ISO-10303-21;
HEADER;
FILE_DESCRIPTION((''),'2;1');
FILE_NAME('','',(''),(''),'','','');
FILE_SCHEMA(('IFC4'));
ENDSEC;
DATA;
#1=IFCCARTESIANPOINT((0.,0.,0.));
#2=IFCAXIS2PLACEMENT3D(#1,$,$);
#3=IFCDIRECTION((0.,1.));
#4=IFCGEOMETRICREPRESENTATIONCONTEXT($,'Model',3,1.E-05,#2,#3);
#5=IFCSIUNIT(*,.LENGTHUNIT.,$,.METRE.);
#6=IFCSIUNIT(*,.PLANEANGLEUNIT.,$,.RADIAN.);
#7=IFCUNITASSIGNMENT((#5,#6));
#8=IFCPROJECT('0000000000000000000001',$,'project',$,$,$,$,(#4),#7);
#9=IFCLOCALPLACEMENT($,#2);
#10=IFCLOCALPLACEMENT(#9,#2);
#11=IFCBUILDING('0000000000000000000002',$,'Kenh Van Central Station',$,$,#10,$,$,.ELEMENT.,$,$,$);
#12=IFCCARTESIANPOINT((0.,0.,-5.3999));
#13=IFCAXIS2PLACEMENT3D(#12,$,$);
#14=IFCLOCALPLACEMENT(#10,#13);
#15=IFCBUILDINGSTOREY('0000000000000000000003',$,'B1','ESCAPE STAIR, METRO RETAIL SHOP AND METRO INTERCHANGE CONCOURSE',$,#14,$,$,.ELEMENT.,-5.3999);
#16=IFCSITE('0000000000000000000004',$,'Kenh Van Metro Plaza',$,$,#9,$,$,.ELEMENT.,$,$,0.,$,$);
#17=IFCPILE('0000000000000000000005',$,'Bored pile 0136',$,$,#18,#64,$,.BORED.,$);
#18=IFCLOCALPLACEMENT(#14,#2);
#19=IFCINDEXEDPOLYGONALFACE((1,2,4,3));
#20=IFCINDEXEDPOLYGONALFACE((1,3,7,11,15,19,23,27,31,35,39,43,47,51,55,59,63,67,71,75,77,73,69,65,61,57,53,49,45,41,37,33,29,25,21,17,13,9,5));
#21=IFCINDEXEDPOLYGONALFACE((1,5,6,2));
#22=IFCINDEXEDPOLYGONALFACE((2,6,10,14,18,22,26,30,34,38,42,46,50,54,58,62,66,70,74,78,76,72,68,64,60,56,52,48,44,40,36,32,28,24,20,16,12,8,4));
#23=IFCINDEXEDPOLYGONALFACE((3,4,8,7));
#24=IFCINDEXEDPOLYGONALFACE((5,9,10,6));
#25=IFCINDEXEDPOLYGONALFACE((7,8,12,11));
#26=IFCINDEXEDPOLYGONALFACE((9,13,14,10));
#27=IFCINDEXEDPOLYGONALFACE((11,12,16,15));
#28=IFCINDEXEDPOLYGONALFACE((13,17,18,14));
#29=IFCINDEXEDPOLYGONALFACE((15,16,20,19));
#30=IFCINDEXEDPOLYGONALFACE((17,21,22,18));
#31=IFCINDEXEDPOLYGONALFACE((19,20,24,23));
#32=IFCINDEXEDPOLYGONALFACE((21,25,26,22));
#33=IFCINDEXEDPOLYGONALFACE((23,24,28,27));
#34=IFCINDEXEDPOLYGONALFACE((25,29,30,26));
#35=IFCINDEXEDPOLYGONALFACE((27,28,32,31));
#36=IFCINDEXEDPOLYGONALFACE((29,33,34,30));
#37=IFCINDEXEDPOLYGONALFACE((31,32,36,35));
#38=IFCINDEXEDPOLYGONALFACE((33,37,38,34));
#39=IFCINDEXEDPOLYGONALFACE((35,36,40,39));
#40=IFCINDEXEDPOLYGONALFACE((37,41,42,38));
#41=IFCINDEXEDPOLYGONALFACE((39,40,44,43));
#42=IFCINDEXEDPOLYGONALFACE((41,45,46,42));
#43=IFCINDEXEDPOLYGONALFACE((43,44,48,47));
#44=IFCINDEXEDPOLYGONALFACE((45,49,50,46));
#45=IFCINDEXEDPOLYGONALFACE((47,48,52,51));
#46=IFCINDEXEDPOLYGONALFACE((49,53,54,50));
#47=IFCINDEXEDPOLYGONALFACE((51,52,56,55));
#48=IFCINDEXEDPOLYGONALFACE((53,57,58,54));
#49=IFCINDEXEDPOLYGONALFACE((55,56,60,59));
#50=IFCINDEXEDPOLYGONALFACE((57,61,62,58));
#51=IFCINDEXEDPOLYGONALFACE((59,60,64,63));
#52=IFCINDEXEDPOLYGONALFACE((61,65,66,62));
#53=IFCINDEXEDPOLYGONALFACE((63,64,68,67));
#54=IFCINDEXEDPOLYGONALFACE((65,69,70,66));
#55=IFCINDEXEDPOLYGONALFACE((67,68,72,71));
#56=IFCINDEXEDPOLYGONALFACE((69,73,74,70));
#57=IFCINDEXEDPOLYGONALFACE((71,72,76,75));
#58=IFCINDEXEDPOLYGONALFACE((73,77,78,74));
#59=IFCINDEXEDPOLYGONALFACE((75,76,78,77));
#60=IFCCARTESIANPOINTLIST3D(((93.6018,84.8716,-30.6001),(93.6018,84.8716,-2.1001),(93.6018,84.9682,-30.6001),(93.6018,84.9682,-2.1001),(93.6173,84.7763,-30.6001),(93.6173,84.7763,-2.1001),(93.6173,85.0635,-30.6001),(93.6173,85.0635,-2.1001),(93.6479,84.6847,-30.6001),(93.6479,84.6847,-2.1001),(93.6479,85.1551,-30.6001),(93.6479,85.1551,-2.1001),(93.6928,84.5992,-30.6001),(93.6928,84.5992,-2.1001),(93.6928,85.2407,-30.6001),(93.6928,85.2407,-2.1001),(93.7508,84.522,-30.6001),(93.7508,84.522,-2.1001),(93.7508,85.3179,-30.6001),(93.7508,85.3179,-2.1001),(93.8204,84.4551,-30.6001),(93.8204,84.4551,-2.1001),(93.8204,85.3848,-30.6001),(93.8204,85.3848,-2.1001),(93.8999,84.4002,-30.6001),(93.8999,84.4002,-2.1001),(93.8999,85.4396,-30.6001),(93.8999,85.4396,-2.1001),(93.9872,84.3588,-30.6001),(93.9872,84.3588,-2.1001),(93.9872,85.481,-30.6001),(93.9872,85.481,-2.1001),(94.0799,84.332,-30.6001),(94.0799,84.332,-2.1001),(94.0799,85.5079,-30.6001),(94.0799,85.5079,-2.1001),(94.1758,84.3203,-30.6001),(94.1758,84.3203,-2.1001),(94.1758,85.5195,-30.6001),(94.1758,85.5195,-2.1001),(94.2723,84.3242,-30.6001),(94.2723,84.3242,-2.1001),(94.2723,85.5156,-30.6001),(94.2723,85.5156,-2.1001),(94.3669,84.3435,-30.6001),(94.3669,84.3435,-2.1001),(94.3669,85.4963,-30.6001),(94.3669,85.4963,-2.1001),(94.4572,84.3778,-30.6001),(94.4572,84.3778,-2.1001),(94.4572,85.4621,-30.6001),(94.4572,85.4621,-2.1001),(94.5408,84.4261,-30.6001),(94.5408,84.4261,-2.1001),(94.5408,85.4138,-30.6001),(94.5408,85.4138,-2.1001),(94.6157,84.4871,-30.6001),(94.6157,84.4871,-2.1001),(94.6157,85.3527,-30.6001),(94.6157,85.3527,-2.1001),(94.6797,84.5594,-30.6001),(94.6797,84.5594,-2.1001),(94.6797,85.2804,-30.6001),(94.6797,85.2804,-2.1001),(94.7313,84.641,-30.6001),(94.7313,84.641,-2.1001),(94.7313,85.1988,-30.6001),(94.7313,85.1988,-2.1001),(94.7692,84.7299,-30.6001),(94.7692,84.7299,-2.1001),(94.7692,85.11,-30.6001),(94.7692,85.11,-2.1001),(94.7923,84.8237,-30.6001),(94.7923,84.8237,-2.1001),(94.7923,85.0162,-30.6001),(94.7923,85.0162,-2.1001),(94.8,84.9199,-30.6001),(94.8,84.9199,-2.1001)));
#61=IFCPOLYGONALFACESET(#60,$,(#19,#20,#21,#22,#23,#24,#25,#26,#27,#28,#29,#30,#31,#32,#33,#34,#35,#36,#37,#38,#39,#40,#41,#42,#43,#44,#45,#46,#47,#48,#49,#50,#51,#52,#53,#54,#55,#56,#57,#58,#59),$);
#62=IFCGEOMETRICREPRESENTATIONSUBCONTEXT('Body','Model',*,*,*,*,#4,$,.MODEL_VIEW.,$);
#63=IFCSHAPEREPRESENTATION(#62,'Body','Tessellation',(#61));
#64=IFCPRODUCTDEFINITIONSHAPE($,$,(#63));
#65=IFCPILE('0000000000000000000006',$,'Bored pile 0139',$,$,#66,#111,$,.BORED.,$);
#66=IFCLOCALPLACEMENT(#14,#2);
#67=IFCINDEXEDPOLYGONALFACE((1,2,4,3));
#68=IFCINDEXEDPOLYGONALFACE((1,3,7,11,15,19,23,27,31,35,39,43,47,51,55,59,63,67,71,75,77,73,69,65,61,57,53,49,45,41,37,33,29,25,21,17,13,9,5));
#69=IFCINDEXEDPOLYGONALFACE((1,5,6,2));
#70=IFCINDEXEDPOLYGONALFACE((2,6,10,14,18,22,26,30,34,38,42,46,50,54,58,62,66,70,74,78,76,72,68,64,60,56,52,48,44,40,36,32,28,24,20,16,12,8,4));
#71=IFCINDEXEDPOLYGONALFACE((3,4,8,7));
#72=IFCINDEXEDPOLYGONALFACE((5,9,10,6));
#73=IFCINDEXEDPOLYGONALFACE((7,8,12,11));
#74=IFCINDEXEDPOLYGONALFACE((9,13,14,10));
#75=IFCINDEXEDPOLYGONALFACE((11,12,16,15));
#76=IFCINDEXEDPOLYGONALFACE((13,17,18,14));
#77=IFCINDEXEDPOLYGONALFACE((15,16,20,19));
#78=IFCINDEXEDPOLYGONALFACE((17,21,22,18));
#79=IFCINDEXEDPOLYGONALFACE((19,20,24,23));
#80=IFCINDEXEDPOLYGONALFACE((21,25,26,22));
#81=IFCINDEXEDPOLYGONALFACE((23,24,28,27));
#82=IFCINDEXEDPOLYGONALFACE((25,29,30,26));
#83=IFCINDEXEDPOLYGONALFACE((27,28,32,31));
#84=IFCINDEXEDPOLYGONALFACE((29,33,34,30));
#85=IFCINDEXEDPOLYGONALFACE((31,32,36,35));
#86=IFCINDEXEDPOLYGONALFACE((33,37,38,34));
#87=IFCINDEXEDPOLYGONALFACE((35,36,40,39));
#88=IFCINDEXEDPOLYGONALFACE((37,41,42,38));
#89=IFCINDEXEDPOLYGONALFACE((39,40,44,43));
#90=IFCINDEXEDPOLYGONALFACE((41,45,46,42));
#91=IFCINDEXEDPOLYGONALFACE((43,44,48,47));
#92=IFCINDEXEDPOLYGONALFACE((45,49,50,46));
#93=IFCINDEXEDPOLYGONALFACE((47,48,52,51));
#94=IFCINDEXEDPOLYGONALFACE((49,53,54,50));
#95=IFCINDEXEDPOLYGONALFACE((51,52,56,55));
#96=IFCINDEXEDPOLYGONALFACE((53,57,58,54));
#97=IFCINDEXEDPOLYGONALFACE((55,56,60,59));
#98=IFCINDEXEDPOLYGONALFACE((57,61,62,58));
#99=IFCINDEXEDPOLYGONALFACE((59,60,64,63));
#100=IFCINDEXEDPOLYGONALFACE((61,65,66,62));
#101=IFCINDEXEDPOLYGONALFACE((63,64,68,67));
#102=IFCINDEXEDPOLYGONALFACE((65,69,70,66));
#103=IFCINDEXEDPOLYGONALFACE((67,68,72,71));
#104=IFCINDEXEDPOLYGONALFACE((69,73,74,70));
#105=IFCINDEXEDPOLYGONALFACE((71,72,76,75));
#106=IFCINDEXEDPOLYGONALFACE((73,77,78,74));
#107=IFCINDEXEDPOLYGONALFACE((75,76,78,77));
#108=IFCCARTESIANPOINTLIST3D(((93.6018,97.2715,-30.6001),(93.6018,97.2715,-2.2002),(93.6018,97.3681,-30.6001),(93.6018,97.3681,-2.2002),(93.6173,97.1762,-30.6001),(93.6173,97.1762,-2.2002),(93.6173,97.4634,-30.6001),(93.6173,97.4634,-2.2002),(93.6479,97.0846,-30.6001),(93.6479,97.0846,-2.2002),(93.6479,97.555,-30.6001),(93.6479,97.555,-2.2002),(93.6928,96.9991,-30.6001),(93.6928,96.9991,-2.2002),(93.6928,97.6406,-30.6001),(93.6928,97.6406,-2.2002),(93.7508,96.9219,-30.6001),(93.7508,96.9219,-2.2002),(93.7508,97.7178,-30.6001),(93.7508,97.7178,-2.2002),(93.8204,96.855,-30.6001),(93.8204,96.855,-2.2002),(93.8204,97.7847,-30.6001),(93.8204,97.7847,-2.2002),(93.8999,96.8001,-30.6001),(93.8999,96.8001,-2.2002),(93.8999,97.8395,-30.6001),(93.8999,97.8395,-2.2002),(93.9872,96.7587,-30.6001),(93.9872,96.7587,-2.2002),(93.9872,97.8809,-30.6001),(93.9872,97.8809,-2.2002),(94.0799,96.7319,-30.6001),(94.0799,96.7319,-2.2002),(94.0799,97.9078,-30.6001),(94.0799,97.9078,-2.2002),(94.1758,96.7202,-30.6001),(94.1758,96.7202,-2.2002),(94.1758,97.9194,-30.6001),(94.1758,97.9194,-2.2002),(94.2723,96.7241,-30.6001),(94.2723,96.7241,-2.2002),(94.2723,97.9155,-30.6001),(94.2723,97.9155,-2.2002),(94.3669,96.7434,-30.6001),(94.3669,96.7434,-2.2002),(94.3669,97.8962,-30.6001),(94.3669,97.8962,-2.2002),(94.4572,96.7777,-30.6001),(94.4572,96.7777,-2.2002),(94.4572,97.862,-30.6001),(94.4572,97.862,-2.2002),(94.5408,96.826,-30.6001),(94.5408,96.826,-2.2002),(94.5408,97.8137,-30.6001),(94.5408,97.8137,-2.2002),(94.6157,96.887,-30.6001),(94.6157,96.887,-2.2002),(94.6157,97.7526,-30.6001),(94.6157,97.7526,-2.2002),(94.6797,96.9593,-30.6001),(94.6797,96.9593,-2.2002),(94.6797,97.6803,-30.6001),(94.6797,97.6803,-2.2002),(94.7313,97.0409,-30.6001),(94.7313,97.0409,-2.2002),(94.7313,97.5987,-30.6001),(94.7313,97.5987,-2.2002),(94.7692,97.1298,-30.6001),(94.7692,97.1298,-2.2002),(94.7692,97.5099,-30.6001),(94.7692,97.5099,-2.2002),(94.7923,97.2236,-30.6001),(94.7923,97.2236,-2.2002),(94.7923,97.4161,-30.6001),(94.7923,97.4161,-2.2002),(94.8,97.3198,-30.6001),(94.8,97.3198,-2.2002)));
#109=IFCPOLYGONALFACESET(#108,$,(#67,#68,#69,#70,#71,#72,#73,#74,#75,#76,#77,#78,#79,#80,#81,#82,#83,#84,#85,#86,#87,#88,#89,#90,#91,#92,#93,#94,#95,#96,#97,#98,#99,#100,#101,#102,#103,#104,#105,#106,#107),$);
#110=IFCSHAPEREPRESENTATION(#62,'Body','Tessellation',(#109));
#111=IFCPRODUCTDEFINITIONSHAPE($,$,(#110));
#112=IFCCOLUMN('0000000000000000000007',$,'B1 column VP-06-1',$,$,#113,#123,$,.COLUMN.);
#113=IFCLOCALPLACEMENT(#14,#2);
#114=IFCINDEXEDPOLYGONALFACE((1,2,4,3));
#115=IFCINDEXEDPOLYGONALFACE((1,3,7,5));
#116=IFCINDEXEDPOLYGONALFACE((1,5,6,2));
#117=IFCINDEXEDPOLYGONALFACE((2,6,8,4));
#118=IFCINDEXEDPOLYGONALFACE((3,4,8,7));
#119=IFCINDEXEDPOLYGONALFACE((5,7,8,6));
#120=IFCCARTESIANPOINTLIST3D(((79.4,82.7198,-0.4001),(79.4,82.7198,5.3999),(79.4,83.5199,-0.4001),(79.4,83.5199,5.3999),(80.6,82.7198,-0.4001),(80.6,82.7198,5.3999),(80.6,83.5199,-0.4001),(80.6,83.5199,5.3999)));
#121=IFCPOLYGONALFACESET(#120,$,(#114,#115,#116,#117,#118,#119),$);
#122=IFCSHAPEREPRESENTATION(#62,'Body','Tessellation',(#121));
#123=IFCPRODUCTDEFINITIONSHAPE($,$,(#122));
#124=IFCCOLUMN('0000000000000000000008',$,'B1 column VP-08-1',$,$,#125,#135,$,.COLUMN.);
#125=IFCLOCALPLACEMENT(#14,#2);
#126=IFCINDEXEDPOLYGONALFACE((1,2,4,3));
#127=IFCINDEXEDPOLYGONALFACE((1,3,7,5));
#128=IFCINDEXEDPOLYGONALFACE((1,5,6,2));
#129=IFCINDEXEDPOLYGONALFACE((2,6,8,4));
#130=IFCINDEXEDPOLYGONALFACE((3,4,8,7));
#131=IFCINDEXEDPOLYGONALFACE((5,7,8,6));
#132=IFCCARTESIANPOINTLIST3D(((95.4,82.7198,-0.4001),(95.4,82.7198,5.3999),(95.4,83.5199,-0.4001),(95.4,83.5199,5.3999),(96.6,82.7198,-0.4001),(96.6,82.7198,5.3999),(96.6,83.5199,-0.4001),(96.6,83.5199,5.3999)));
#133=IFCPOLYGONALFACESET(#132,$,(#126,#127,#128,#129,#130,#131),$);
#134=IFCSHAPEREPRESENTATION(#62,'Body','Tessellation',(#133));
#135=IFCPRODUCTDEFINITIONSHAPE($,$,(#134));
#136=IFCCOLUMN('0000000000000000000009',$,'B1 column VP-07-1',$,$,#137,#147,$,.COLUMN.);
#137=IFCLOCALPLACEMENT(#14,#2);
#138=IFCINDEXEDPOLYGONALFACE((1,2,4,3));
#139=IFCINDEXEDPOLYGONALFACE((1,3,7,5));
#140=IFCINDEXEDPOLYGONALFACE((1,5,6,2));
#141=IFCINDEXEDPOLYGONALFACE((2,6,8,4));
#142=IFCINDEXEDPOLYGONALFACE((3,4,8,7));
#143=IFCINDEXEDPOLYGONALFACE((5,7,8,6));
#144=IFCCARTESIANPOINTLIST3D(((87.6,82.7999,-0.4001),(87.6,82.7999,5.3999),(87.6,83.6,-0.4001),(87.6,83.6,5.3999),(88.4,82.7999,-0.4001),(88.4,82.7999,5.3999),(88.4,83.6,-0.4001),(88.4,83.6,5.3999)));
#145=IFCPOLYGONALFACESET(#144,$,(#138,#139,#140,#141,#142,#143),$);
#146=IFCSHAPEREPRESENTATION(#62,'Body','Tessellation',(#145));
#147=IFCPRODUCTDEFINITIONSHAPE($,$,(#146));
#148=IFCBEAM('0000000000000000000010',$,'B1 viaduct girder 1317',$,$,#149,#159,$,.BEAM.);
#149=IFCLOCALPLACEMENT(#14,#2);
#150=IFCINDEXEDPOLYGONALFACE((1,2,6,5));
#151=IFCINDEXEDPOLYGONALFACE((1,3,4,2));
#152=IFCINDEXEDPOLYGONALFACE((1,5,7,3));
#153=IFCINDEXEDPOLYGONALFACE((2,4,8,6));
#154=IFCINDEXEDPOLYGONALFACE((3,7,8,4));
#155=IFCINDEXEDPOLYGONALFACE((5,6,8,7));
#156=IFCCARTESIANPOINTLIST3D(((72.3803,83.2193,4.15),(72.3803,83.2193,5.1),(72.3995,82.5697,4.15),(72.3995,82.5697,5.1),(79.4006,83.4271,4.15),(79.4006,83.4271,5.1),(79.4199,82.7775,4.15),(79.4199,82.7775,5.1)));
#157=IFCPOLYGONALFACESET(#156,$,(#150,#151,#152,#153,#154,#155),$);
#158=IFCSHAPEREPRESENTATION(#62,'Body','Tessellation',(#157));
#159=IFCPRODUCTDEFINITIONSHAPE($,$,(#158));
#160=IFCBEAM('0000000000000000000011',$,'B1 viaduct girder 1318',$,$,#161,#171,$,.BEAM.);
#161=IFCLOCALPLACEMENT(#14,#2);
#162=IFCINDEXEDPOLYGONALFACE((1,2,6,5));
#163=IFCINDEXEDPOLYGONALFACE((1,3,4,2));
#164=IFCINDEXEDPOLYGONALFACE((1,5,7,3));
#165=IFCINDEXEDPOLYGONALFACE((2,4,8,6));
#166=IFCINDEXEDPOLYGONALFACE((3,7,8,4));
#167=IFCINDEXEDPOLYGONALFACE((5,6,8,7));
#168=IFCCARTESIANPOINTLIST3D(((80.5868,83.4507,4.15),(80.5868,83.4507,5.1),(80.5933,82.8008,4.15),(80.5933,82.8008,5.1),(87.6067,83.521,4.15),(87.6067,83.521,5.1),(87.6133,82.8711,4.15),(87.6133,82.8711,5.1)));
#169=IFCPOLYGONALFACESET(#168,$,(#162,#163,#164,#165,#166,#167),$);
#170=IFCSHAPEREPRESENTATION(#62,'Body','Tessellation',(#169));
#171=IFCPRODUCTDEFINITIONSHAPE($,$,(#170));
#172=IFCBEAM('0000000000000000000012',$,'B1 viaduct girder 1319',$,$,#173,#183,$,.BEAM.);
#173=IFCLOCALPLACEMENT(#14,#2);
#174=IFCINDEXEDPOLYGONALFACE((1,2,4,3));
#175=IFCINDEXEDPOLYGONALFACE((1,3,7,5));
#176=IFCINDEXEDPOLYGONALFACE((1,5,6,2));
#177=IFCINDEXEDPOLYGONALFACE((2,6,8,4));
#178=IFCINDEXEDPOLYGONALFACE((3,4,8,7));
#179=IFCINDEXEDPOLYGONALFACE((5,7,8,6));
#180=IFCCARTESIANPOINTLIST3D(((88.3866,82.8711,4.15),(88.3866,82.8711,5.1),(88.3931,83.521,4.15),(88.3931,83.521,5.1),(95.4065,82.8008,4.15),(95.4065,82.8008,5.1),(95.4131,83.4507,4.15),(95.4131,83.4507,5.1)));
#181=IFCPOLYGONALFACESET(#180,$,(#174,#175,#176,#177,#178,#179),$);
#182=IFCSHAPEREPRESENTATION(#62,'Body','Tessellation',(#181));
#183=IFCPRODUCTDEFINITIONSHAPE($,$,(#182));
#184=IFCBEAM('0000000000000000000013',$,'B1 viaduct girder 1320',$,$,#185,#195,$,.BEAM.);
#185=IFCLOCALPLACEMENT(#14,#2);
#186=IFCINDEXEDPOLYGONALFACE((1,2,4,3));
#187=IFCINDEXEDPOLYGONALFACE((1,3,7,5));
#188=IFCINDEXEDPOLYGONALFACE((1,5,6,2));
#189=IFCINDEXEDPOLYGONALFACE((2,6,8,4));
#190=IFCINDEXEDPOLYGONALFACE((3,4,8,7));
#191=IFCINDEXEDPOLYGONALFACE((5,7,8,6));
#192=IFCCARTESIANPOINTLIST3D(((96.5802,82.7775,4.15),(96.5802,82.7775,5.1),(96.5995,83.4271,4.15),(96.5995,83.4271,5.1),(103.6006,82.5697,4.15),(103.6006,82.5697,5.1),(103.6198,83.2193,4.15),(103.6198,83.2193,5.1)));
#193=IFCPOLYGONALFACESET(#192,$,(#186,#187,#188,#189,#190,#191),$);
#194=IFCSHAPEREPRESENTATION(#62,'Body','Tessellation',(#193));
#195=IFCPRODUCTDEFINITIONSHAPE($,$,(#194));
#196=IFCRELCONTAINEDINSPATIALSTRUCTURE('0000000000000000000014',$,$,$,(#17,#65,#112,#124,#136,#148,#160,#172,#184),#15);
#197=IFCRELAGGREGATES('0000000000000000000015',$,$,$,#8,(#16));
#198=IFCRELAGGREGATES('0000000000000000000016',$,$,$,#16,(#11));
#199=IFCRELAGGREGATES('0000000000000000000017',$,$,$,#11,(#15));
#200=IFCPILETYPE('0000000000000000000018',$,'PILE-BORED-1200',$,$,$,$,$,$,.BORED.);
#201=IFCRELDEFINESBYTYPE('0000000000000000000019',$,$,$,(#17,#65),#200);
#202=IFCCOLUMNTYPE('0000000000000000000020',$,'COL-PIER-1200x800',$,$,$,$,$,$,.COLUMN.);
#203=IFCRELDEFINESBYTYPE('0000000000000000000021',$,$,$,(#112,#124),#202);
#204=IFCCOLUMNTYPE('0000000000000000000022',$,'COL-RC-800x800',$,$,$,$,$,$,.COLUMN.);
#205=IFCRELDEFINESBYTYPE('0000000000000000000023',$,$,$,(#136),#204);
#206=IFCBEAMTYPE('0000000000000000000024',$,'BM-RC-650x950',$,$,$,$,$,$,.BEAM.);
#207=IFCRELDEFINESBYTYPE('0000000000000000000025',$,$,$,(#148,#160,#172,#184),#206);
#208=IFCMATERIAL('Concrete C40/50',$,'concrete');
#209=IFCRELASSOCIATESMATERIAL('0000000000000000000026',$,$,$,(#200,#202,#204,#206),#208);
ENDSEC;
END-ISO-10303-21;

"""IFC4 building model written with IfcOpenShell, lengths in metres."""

from ifc_helpers import new_model, si_unit, direction, frame, origin, origin_2d, place, context, subcontext, project, spatial, rectangle, circle, extrude, material, material_profile, profile_set, type_object, element, save


model = new_model("IFC4")

# Units and contexts
model_context = context("Model", 3, precision=1e-05, world=origin(), true_north=direction((0.0, 1.0)))
body_context = subcontext(model_context, "Body", "Model", "MODEL_VIEW")
ifc_project = project(units=[si_unit("LENGTHUNIT", "METRE"), si_unit("PLANEANGLEUNIT", "RADIAN")], contexts=[model_context])

# Site, building, storey
site_placement = place(None, origin())
site = spatial("IfcSite", under=ifc_project, at=site_placement, Name="Kenh Van Metro Plaza", CompositionType="ELEMENT", RefElevation=0.0)
building_placement = place(site_placement, origin())
building = spatial("IfcBuilding", under=site, at=building_placement, Name="Kenh Van Central Station", CompositionType="ELEMENT")
storey_placement = place(building_placement, frame((0.0, 0.0, -5.3999)))
storey = spatial("IfcBuildingStorey", under=building, at=storey_placement, Name="B1", Description="ESCAPE STAIR, METRO RETAIL SHOP AND METRO INTERCHANGE CONCOURSE", CompositionType="ELEMENT", Elevation=-5.3999)

# Shared definitions
ifc_material_1 = material(Name="Concrete C40/50", Category="concrete")

# Piles
ifc_material_profile_1 = material_profile(ifc_material_1, circle(Radius=0.6001, at=origin_2d()), Name="PILE D1200")
ifc_profile_set_1 = profile_set([ifc_material_profile_1], Name="Concrete C40/50")
pile_type_1 = type_object("IfcPileType", Name="PILE-BORED-1200", PredefinedType="BORED", material=ifc_profile_set_1)
for number, where, z_axis, x_axis, name in (
    (1, (94.2, 84.9199, -2.1001), (0.0, 0.0, -1.0), (1.0, 0.0, 0.0), "Bored pile 0136"),
):
    element("IfcPile", number, at=place(storey_placement, frame(where, z_axis=z_axis, x_axis=x_axis)), inside=storey, type_object=pile_type_1, Name=name, PredefinedType="BORED", context=body_context, shape_type="SweptSolid", body=[
        extrude(circle(Radius=0.6001, at=origin_2d()), origin(), (0.0, 0.0, 1.0), 28.5),
    ])
pile_placement = place(storey_placement, frame((94.2, 97.3198, -2.2002), z_axis=(0.0, 0.0, -1.0), x_axis=(1.0, 0.0, 0.0)))
element("IfcPile", 2, at=pile_placement, inside=storey, type_object=pile_type_1, Name="Bored pile 0139", PredefinedType="BORED", context=body_context, shape_type="SweptSolid", body=[
    extrude(circle(Radius=0.6001, at=origin_2d()), origin(), (0.0, 0.0, 1.0), 28.3999),
])

# Columns
ifc_material_profile_2 = material_profile(ifc_material_1, rectangle(XDim=1.2, YDim=0.8, at=origin_2d()), Name="RC 1200x800")
ifc_profile_set_2 = profile_set([ifc_material_profile_2], Name="Concrete C40/50")
column_type_1 = type_object("IfcColumnType", Name="COL-PIER-1200x800", PredefinedType="COLUMN", material=ifc_profile_set_2)
for number, where, z_axis, x_axis, name in (
    (3, (80.0, 83.1199, -0.4001), (0.0, 0.0, 1.0), (1.0, 0.0, 0.0), "B1 column VP-06-1"),
    (4, (96.0, 83.1199, -0.4001), (0.0, 0.0, 1.0), (1.0, 0.0, 0.0), "B1 column VP-08-1"),
):
    element("IfcColumn", number, at=place(storey_placement, frame(where, z_axis=z_axis, x_axis=x_axis)), inside=storey, type_object=column_type_1, Name=name, PredefinedType="COLUMN", context=body_context, shape_type="SweptSolid", body=[
        extrude(rectangle(XDim=1.2, YDim=0.8, at=origin_2d()), origin(), (0.0, 0.0, 1.0), 5.8),
    ])
ifc_material_profile_3 = material_profile(ifc_material_1, rectangle(XDim=0.8, YDim=0.8, at=origin_2d()), Name="RC 800x800")
ifc_profile_set_3 = profile_set([ifc_material_profile_3], Name="Concrete C40/50")
column_type_2 = type_object("IfcColumnType", Name="COL-RC-800x800", PredefinedType="COLUMN", material=ifc_profile_set_3)
column_placement = place(storey_placement, frame((88.0, 83.2, -0.4001), z_axis=(0.0, 0.0, 1.0), x_axis=(1.0, 0.0, 0.0)))
element("IfcColumn", 5, at=column_placement, inside=storey, type_object=column_type_2, Name="B1 column VP-07-1", PredefinedType="COLUMN", context=body_context, shape_type="SweptSolid", body=[
    extrude(rectangle(XDim=0.8, YDim=0.8, at=origin_2d()), origin(), (0.0, 0.0, 1.0), 5.8),
])

# Beams
ifc_material_profile_4 = material_profile(ifc_material_1, rectangle(XDim=0.6499, YDim=0.95, at=origin_2d()), Name="RC 650x950")
ifc_profile_set_4 = profile_set([ifc_material_profile_4], Name="Concrete C40/50")
beam_type_1 = type_object("IfcBeamType", Name="BM-RC-650x950", PredefinedType="BEAM", material=ifc_profile_set_4)
beam_placement = place(storey_placement, frame((72.3899, 82.8945, 4.625), z_axis=(0.999562, 0.029582, 0.0), x_axis=(-0.029582, 0.999562, 0.0)))
element("IfcBeam", 6, at=beam_placement, inside=storey, type_object=beam_type_1, Name="B1 viaduct girder 1317", PredefinedType="BEAM", context=body_context, shape_type="SweptSolid", body=[
    extrude(rectangle(XDim=0.6499, YDim=0.95, at=origin_2d()), origin(), (0.0, 0.0, 1.0), 7.0234),
])
for number, where, z_axis, x_axis, name in (
    (7, (80.5901, 83.1257, 4.625), (0.99995, 0.010015, 0.0), (-0.010015, 0.99995, 0.0), "B1 viaduct girder 1318"),
    (8, (88.3899, 83.196, 4.625), (0.99995, -0.010015, 0.0), (0.010015, 0.99995, 0.0), "B1 viaduct girder 1319"),
):
    element("IfcBeam", number, at=place(storey_placement, frame(where, z_axis=z_axis, x_axis=x_axis)), inside=storey, type_object=beam_type_1, Name=name, PredefinedType="BEAM", context=body_context, shape_type="SweptSolid", body=[
        extrude(rectangle(XDim=0.6499, YDim=0.95, at=origin_2d()), origin(), (0.0, 0.0, 1.0), 7.0203),
    ])
for number, where, z_axis, x_axis, name in (
    (9, (96.5898, 83.1023, 4.625), (0.999562, -0.029582, 0.0), (0.029582, 0.999562, 0.0), "B1 viaduct girder 1320"),
):
    element("IfcBeam", number, at=place(storey_placement, frame(where, z_axis=z_axis, x_axis=x_axis)), inside=storey, type_object=beam_type_1, Name=name, PredefinedType="BEAM", context=body_context, shape_type="SweptSolid", body=[
        extrude(rectangle(XDim=0.6499, YDim=0.95, at=origin_2d()), origin(), (0.0, 0.0, 1.0), 7.0234),
    ])

save(model, "model.ifc")
